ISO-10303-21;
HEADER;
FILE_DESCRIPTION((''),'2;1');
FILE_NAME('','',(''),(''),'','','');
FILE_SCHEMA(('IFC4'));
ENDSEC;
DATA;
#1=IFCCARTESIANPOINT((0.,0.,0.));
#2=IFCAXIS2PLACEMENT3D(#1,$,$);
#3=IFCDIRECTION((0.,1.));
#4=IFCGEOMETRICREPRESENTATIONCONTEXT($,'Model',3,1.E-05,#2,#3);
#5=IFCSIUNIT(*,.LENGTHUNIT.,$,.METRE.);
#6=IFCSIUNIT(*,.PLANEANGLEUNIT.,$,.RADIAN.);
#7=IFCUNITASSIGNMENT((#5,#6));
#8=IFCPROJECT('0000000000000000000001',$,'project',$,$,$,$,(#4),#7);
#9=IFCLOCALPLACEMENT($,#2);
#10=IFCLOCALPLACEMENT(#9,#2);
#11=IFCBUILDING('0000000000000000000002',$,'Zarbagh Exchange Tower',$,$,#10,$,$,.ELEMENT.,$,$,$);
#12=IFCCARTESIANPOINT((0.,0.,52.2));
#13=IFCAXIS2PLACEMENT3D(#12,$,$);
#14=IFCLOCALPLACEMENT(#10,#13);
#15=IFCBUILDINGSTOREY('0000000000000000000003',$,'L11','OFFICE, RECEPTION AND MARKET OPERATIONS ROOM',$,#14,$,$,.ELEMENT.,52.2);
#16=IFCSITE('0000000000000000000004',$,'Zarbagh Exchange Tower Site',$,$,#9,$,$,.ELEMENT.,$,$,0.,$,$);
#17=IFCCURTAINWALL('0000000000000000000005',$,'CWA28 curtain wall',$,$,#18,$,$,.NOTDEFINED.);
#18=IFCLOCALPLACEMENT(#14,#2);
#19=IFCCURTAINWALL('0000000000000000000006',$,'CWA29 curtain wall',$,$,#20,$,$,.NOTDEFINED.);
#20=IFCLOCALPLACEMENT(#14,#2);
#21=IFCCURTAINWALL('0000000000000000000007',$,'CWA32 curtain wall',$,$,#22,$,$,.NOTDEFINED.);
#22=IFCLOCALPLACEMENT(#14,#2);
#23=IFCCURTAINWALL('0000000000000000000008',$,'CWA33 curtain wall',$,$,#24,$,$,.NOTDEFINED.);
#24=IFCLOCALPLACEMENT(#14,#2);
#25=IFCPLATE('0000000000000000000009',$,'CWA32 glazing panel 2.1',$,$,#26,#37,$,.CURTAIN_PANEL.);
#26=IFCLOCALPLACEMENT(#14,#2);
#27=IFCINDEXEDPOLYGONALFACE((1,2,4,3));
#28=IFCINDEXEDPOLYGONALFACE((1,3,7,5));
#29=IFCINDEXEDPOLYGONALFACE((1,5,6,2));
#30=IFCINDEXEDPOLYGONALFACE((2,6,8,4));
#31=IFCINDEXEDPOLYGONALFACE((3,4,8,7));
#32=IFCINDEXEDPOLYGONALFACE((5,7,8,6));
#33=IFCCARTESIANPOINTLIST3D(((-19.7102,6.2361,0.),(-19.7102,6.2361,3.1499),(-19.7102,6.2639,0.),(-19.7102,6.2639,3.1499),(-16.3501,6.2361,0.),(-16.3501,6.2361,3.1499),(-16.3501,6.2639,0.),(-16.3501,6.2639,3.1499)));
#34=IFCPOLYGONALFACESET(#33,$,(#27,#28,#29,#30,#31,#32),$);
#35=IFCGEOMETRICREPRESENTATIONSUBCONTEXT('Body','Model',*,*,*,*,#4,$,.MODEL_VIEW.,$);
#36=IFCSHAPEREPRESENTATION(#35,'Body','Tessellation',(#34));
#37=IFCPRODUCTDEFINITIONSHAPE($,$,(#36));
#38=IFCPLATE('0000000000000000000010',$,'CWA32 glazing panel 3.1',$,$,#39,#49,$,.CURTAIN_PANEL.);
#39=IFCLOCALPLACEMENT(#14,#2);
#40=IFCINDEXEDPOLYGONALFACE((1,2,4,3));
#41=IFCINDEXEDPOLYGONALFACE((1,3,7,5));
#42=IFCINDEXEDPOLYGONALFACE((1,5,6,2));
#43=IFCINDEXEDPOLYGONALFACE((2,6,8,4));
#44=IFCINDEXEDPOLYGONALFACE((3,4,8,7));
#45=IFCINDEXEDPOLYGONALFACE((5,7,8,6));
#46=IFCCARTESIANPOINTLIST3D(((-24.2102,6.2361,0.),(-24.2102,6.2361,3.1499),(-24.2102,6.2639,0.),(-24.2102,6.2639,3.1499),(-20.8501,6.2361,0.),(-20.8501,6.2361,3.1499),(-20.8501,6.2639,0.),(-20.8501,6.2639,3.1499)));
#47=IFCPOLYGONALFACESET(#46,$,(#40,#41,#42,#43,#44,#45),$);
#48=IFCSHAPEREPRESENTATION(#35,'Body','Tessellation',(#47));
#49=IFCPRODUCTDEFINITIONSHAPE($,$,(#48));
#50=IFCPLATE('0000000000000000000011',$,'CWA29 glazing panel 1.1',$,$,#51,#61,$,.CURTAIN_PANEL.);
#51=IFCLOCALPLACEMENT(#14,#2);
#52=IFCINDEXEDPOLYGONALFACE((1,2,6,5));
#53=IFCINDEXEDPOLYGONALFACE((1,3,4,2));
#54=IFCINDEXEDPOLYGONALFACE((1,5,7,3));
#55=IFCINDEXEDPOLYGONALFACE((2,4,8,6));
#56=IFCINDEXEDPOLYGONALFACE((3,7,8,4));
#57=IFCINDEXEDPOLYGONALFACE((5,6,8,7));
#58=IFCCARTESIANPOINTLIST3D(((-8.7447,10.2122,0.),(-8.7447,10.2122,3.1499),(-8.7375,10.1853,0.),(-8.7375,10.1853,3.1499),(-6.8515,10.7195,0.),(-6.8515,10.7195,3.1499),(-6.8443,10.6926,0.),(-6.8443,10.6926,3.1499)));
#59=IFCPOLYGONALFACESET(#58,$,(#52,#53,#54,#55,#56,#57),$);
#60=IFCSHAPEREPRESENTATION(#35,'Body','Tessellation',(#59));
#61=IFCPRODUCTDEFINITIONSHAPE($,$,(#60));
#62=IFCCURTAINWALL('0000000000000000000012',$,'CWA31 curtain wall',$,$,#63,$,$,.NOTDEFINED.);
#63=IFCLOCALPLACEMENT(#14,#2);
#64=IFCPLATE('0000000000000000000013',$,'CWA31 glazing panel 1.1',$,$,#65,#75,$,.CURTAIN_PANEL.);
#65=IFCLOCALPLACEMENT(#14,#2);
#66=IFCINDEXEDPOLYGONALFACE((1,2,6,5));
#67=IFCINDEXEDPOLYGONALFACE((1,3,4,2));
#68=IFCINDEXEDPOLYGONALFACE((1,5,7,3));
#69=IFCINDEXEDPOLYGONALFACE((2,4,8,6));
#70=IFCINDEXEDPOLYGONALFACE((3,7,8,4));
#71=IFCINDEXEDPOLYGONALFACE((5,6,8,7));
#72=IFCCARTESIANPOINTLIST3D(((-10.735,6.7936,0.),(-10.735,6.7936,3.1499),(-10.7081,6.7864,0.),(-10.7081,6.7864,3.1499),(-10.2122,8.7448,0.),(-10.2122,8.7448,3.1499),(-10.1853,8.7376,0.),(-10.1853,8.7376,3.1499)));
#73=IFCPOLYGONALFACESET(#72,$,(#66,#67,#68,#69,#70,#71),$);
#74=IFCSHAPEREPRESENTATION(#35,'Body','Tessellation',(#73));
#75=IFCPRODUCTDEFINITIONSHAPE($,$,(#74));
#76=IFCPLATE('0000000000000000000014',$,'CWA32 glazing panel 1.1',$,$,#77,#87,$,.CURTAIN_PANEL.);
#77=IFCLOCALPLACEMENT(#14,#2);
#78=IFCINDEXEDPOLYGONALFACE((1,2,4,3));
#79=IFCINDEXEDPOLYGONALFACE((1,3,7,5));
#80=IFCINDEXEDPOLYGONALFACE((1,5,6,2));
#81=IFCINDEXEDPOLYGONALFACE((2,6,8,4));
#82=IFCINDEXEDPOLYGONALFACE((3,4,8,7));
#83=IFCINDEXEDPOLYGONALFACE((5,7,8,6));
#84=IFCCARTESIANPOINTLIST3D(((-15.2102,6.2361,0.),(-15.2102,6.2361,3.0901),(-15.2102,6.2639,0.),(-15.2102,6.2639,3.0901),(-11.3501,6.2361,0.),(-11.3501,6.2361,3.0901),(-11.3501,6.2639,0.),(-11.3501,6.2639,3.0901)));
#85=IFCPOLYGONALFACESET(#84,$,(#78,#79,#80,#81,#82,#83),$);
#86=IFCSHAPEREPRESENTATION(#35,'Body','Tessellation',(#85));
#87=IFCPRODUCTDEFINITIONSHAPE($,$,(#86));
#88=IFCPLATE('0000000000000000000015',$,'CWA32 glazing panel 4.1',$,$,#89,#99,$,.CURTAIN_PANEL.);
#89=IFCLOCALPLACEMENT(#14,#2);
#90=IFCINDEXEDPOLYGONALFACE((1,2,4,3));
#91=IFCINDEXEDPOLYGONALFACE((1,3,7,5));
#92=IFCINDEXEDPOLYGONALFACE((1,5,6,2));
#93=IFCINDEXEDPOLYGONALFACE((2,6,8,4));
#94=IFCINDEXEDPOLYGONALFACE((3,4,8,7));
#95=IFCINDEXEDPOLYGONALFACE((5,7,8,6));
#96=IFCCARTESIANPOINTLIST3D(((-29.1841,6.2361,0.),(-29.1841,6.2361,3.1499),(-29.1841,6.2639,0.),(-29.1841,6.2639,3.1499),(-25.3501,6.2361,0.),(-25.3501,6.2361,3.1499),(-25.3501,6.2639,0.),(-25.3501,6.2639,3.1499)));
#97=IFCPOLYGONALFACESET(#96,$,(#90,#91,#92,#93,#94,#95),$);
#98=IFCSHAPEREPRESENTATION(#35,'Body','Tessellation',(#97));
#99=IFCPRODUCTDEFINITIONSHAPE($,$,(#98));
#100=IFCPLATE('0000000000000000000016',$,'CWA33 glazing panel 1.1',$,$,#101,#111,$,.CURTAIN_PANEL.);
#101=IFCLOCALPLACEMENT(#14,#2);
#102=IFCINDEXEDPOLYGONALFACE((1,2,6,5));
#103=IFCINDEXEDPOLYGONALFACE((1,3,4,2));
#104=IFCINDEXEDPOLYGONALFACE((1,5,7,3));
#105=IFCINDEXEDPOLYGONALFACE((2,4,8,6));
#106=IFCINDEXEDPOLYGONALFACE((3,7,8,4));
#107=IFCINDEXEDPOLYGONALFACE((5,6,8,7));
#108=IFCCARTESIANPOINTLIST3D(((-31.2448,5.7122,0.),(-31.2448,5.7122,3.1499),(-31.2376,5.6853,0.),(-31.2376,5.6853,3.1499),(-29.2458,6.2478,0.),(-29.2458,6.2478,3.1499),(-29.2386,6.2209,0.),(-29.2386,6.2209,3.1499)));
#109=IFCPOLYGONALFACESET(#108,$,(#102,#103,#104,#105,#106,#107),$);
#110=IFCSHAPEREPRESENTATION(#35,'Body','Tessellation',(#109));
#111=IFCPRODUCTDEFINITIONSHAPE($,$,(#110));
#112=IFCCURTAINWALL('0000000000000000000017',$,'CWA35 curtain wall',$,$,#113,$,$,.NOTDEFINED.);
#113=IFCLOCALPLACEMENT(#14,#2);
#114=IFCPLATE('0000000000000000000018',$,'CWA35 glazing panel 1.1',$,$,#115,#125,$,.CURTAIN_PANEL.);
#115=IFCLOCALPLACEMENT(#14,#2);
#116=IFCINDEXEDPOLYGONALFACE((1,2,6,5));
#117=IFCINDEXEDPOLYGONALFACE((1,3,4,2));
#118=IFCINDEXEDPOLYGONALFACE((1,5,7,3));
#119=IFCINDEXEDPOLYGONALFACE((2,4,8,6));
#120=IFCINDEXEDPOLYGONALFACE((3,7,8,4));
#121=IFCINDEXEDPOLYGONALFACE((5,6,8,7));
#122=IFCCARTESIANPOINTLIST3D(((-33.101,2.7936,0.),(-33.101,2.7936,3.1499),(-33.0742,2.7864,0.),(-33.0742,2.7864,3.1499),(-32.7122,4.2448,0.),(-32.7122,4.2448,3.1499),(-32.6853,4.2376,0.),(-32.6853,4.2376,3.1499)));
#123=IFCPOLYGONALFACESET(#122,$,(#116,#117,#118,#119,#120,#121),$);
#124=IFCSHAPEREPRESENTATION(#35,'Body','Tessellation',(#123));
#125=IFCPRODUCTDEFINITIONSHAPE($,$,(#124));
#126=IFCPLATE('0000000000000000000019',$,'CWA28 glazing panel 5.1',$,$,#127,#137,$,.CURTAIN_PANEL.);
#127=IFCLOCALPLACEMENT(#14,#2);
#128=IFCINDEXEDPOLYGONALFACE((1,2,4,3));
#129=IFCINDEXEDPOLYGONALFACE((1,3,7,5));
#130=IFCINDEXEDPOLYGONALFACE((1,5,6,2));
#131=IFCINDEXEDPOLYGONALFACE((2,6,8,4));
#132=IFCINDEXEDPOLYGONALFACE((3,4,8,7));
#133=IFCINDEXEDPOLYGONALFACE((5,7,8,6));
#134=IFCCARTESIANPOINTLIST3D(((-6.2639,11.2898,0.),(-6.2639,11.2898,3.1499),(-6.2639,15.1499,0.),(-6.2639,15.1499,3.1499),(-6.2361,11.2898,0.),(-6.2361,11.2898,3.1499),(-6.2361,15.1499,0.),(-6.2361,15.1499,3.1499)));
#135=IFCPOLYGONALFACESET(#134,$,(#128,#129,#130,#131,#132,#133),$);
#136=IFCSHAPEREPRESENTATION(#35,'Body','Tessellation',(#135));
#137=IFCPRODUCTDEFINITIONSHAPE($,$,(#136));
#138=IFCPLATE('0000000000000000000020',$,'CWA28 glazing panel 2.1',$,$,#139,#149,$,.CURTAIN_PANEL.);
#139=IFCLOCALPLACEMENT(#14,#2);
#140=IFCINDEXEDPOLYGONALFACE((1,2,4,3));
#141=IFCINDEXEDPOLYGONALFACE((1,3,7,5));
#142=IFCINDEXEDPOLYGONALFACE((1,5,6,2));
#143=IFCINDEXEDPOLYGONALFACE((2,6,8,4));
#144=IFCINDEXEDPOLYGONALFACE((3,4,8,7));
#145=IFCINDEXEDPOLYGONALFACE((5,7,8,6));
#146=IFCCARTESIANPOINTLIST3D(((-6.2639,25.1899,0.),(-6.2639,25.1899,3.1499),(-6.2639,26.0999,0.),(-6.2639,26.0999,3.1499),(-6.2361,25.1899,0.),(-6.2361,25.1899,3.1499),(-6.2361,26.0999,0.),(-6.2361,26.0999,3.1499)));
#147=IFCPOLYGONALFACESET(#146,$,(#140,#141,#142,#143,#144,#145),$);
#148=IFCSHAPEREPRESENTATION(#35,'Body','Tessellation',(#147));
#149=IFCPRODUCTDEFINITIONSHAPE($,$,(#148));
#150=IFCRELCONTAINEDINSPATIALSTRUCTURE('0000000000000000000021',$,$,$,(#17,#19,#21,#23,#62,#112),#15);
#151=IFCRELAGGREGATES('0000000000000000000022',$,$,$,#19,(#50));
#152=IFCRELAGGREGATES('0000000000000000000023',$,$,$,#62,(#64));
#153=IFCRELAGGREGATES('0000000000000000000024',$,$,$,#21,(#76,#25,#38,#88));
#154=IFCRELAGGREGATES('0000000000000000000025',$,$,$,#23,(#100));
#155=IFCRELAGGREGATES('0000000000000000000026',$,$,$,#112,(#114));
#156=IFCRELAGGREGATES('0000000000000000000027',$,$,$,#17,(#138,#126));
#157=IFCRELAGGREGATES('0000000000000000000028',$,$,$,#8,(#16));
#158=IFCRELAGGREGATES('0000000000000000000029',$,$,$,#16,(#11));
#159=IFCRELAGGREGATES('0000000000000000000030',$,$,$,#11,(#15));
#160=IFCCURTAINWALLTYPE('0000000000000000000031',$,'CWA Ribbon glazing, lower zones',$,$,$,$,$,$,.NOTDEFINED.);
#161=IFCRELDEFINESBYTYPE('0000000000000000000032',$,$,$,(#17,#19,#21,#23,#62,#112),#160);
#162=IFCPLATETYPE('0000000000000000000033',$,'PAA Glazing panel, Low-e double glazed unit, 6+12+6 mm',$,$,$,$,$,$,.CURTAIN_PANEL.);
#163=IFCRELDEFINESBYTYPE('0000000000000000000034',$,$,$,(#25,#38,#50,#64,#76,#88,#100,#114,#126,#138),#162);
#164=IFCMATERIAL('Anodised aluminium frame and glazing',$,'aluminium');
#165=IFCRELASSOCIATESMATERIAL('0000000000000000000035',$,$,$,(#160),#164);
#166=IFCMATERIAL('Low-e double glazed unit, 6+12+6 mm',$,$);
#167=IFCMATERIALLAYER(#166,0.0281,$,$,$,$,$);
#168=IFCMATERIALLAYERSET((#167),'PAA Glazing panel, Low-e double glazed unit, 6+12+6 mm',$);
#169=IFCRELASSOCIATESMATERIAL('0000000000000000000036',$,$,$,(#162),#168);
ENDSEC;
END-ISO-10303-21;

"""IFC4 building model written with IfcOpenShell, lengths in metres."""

from ifc_helpers import new_model, si_unit, direction, frame, origin, place, context, subcontext, project, spatial, polyline, outline, extrude, source, transform, mapped, material, layer, layer_set, type_object, element, aggregate, save


model = new_model("IFC4")

# Units and contexts
model_context = context("Model", 3, precision=1e-05, world=origin(), true_north=direction((0.0, 1.0)))
body_context = subcontext(model_context, "Body", "Model", "MODEL_VIEW")
ifc_project = project(units=[si_unit("LENGTHUNIT", "METRE"), si_unit("PLANEANGLEUNIT", "RADIAN")], contexts=[model_context])

# Site, building, storey
site_placement = place(None, origin())
site = spatial("IfcSite", under=ifc_project, at=site_placement, Name="Zarbagh Exchange Tower Site", CompositionType="ELEMENT", RefElevation=0.0)
building_placement = place(site_placement, origin())
building = spatial("IfcBuilding", under=site, at=building_placement, Name="Zarbagh Exchange Tower", CompositionType="ELEMENT")
storey_placement = place(building_placement, frame((0.0, 0.0, 52.2)))
storey = spatial("IfcBuildingStorey", under=building, at=storey_placement, Name="L11", Description="OFFICE, RECEPTION AND MARKET OPERATIONS ROOM", CompositionType="ELEMENT", Elevation=52.2)

# Curtain wall
ifc_material_1 = material(Name="Anodised aluminium frame and glazing", Category="aluminium")
curtain_wall_type = type_object("IfcCurtainWallType", Name="CWA Ribbon glazing, lower zones", PredefinedType="NOTDEFINED", material=ifc_material_1)
curtain_wall_1_placement = place(storey_placement, origin())
curtain_wall_1 = element("IfcCurtainWall", 1, at=curtain_wall_1_placement, inside=storey, type_object=curtain_wall_type, Name="CWA28 curtain wall", PredefinedType="NOTDEFINED")
placement = place(storey_placement, origin())

# Curtain wall
curtain_wall_2_placement = place(storey_placement, origin())
curtain_wall_2 = element("IfcCurtainWall", 2, at=curtain_wall_2_placement, inside=storey, type_object=curtain_wall_type, Name="CWA29 curtain wall", PredefinedType="NOTDEFINED")

# Curtain wall
curtain_wall_3_placement = place(storey_placement, origin())
curtain_wall_3 = element("IfcCurtainWall", 3, at=curtain_wall_3_placement, inside=storey, type_object=curtain_wall_type, Name="CWA32 curtain wall", PredefinedType="NOTDEFINED")

# Curtain wall
curtain_wall_4_placement = place(storey_placement, origin())
curtain_wall_4 = element("IfcCurtainWall", 4, at=curtain_wall_4_placement, inside=storey, type_object=curtain_wall_type, Name="CWA33 curtain wall", PredefinedType="NOTDEFINED")

# Shared definitions
ifc_material_2 = material(Name="Low-e double glazed unit, 6+12+6 mm")
ifc_layer = layer(ifc_material_2, 0.0281)
ifc_layer_set = layer_set([ifc_layer], Name="PAA Glazing panel, Low-e double glazed unit, 6+12+6 mm")
plate_type = type_object("IfcPlateType", Name="PAA Glazing panel, Low-e double glazed unit, 6+12+6 mm", PredefinedType="CURTAIN_PANEL", material=ifc_layer_set)

# Plates
shared_shape_1 = source(origin(), body_context, "Body", "SweptSolid", [
    extrude(outline(polyline([(0.0, -0.0139), (3.3601, -0.0139), (3.3601, 0.0139), (0.0, 0.0139), (0.0, -0.0139)])), origin(), (0.0, 0.0, 1.0), 3.1499),
])
plate_1 = element("IfcPlate", 5, at=placement, type_object=plate_type, Name="CWA32 glazing panel 2.1", PredefinedType="CURTAIN_PANEL", context=body_context, shape_type="MappedRepresentation", body=[
    mapped(shared_shape_1, transform((-16.3501, 6.25, 0.0), x_axis=(-1.0, 0.0, 0.0), y_axis=(0.0, -1.0, 0.0), z_axis=(0.0, 0.0, 1.0))),
])
plate_2 = element("IfcPlate", 6, at=placement, type_object=plate_type, Name="CWA32 glazing panel 3.1", PredefinedType="CURTAIN_PANEL", context=body_context, shape_type="MappedRepresentation", body=[
    mapped(shared_shape_1, transform((-20.8501, 6.25, 0.0), x_axis=(-1.0, 0.0, 0.0), y_axis=(0.0, -1.0, 0.0), z_axis=(0.0, 0.0, 1.0))),
])
shared_shape_2 = source(origin(), body_context, "Body", "SweptSolid", [
    extrude(outline(polyline([(0.0, -0.0139), (1.96, -0.0139), (1.96, 0.0139), (0.0, 0.0139), (0.0, -0.0139)])), origin(), (0.0, 0.0, 1.0), 3.1499),
])
plate_3 = element("IfcPlate", 7, at=placement, type_object=plate_type, Name="CWA29 glazing panel 1.1", PredefinedType="CURTAIN_PANEL", context=body_context, shape_type="MappedRepresentation", body=[
    mapped(shared_shape_2, transform((-6.8479, 10.7061, 0.0), x_axis=(-0.965924, -0.258825, 0.0), y_axis=(0.258825, -0.965924, 0.0), z_axis=(0.0, 0.0, 1.0))),
])
aggregate(curtain_wall_2, [plate_3])

# Curtain wall, plate
curtain_wall_5_placement = place(storey_placement, origin())
curtain_wall_5 = element("IfcCurtainWall", 8, at=curtain_wall_5_placement, inside=storey, type_object=curtain_wall_type, Name="CWA31 curtain wall", PredefinedType="NOTDEFINED")
shared_shape_3 = source(origin(), body_context, "Body", "SweptSolid", [
    extrude(outline(polyline([(0.0, -0.0139), (2.02, -0.0139), (2.02, 0.0139), (0.0, 0.0139), (0.0, -0.0139)])), origin(), (0.0, 0.0, 1.0), 3.1499),
])
plate_4 = element("IfcPlate", 9, at=placement, type_object=plate_type, Name="CWA31 glazing panel 1.1", PredefinedType="CURTAIN_PANEL", context=body_context, shape_type="MappedRepresentation", body=[
    mapped(shared_shape_3, transform((-10.1987, 8.7412, 0.0), x_axis=(-0.258825, -0.965924, 0.0), y_axis=(0.965924, -0.258825, 0.0), z_axis=(0.0, 0.0, 1.0))),
])
aggregate(curtain_wall_5, [plate_4])

# Plates
shared_shape_4 = source(origin(), body_context, "Body", "SweptSolid", [
    extrude(outline(polyline([(0.0, -0.0139), (3.8601, -0.0139), (3.8601, 0.0139), (0.0, 0.0139), (0.0, -0.0139)])), origin(), (0.0, 0.0, 1.0), 3.0901),
])
plate_5 = element("IfcPlate", 10, at=placement, type_object=plate_type, Name="CWA32 glazing panel 1.1", PredefinedType="CURTAIN_PANEL", context=body_context, shape_type="MappedRepresentation", body=[
    mapped(shared_shape_4, transform((-11.3501, 6.25, 0.0), x_axis=(-1.0, 0.0, 0.0), y_axis=(0.0, -1.0, 0.0), z_axis=(0.0, 0.0, 1.0))),
])
shared_shape_5 = source(origin(), body_context, "Body", "SweptSolid", [
    extrude(outline(polyline([(0.0, -0.0139), (3.834, -0.0139), (3.834, 0.0139), (0.0, 0.0139), (0.0, -0.0139)])), origin(), (0.0, 0.0, 1.0), 3.1499),
])
plate_6 = element("IfcPlate", 11, at=placement, type_object=plate_type, Name="CWA32 glazing panel 4.1", PredefinedType="CURTAIN_PANEL", context=body_context, shape_type="MappedRepresentation", body=[
    mapped(shared_shape_5, transform((-25.3501, 6.25, 0.0), x_axis=(-1.0, 0.0, 0.0), y_axis=(0.0, -1.0, 0.0), z_axis=(0.0, 0.0, 1.0))),
])
aggregate(curtain_wall_3, [plate_5, plate_1, plate_2, plate_6])
shared_shape_6 = source(origin(), body_context, "Body", "SweptSolid", [
    extrude(outline(polyline([(0.0, -0.0139), (2.0696, -0.0139), (2.0696, 0.0139), (0.0, 0.0139), (0.0, -0.0139)])), origin(), (0.0, 0.0, 1.0), 3.1499),
])
plate_7 = element("IfcPlate", 12, at=placement, type_object=plate_type, Name="CWA33 glazing panel 1.1", PredefinedType="CURTAIN_PANEL", context=body_context, shape_type="MappedRepresentation", body=[
    mapped(shared_shape_6, transform((-29.2422, 6.2344, 0.0), x_axis=(-0.965924, -0.258825, 0.0), y_axis=(0.258825, -0.965924, 0.0), z_axis=(0.0, 0.0, 1.0))),
])
aggregate(curtain_wall_4, [plate_7])

# Curtain wall, plate
curtain_wall_6_placement = place(storey_placement, origin())
curtain_wall_6 = element("IfcCurtainWall", 13, at=curtain_wall_6_placement, inside=storey, type_object=curtain_wall_type, Name="CWA35 curtain wall", PredefinedType="NOTDEFINED")
shared_shape_7 = source(origin(), body_context, "Body", "SweptSolid", [
    extrude(outline(polyline([(0.0, -0.0139), (1.5024, -0.0139), (1.5024, 0.0139), (0.0, 0.0139), (0.0, -0.0139)])), origin(), (0.0, 0.0, 1.0), 3.1499),
])
plate_8 = element("IfcPlate", 14, at=placement, type_object=plate_type, Name="CWA35 glazing panel 1.1", PredefinedType="CURTAIN_PANEL", context=body_context, shape_type="MappedRepresentation", body=[
    mapped(shared_shape_7, transform((-32.6987, 4.2412, 0.0), x_axis=(-0.258825, -0.965924, 0.0), y_axis=(0.965924, -0.258825, 0.0), z_axis=(0.0, 0.0, 1.0))),
])
aggregate(curtain_wall_6, [plate_8])

# Plates
shared_shape_8 = source(origin(), body_context, "Body", "SweptSolid", [
    extrude(outline(polyline([(0.0, -0.0139), (3.8601, -0.0139), (3.8601, 0.0139), (0.0, 0.0139), (0.0, -0.0139)])), origin(), (0.0, 0.0, 1.0), 3.1499),
])
plate_9 = element("IfcPlate", 15, at=placement, type_object=plate_type, Name="CWA28 glazing panel 5.1", PredefinedType="CURTAIN_PANEL", context=body_context, shape_type="MappedRepresentation", body=[
    mapped(shared_shape_8, transform((-6.25, 15.1499, 0.0), x_axis=(0.0, -1.0, 0.0), y_axis=(1.0, 0.0, 0.0), z_axis=(0.0, 0.0, 1.0))),
])
shared_shape_9 = source(origin(), body_context, "Body", "SweptSolid", [
    extrude(outline(polyline([(0.0, -0.0139), (0.9099, -0.0139), (0.9099, 0.0139), (0.0, 0.0139), (0.0, -0.0139)])), origin(), (0.0, 0.0, 1.0), 3.1499),
])
plate_10 = element("IfcPlate", 16, at=placement, type_object=plate_type, Name="CWA28 glazing panel 2.1", PredefinedType="CURTAIN_PANEL", context=body_context, shape_type="MappedRepresentation", body=[
    mapped(shared_shape_9, transform((-6.25, 26.0999, 0.0), x_axis=(0.0, -1.0, 0.0), y_axis=(1.0, 0.0, 0.0), z_axis=(0.0, 0.0, 1.0))),
])
aggregate(curtain_wall_1, [plate_10, plate_9])

save(model, "model.ifc")
